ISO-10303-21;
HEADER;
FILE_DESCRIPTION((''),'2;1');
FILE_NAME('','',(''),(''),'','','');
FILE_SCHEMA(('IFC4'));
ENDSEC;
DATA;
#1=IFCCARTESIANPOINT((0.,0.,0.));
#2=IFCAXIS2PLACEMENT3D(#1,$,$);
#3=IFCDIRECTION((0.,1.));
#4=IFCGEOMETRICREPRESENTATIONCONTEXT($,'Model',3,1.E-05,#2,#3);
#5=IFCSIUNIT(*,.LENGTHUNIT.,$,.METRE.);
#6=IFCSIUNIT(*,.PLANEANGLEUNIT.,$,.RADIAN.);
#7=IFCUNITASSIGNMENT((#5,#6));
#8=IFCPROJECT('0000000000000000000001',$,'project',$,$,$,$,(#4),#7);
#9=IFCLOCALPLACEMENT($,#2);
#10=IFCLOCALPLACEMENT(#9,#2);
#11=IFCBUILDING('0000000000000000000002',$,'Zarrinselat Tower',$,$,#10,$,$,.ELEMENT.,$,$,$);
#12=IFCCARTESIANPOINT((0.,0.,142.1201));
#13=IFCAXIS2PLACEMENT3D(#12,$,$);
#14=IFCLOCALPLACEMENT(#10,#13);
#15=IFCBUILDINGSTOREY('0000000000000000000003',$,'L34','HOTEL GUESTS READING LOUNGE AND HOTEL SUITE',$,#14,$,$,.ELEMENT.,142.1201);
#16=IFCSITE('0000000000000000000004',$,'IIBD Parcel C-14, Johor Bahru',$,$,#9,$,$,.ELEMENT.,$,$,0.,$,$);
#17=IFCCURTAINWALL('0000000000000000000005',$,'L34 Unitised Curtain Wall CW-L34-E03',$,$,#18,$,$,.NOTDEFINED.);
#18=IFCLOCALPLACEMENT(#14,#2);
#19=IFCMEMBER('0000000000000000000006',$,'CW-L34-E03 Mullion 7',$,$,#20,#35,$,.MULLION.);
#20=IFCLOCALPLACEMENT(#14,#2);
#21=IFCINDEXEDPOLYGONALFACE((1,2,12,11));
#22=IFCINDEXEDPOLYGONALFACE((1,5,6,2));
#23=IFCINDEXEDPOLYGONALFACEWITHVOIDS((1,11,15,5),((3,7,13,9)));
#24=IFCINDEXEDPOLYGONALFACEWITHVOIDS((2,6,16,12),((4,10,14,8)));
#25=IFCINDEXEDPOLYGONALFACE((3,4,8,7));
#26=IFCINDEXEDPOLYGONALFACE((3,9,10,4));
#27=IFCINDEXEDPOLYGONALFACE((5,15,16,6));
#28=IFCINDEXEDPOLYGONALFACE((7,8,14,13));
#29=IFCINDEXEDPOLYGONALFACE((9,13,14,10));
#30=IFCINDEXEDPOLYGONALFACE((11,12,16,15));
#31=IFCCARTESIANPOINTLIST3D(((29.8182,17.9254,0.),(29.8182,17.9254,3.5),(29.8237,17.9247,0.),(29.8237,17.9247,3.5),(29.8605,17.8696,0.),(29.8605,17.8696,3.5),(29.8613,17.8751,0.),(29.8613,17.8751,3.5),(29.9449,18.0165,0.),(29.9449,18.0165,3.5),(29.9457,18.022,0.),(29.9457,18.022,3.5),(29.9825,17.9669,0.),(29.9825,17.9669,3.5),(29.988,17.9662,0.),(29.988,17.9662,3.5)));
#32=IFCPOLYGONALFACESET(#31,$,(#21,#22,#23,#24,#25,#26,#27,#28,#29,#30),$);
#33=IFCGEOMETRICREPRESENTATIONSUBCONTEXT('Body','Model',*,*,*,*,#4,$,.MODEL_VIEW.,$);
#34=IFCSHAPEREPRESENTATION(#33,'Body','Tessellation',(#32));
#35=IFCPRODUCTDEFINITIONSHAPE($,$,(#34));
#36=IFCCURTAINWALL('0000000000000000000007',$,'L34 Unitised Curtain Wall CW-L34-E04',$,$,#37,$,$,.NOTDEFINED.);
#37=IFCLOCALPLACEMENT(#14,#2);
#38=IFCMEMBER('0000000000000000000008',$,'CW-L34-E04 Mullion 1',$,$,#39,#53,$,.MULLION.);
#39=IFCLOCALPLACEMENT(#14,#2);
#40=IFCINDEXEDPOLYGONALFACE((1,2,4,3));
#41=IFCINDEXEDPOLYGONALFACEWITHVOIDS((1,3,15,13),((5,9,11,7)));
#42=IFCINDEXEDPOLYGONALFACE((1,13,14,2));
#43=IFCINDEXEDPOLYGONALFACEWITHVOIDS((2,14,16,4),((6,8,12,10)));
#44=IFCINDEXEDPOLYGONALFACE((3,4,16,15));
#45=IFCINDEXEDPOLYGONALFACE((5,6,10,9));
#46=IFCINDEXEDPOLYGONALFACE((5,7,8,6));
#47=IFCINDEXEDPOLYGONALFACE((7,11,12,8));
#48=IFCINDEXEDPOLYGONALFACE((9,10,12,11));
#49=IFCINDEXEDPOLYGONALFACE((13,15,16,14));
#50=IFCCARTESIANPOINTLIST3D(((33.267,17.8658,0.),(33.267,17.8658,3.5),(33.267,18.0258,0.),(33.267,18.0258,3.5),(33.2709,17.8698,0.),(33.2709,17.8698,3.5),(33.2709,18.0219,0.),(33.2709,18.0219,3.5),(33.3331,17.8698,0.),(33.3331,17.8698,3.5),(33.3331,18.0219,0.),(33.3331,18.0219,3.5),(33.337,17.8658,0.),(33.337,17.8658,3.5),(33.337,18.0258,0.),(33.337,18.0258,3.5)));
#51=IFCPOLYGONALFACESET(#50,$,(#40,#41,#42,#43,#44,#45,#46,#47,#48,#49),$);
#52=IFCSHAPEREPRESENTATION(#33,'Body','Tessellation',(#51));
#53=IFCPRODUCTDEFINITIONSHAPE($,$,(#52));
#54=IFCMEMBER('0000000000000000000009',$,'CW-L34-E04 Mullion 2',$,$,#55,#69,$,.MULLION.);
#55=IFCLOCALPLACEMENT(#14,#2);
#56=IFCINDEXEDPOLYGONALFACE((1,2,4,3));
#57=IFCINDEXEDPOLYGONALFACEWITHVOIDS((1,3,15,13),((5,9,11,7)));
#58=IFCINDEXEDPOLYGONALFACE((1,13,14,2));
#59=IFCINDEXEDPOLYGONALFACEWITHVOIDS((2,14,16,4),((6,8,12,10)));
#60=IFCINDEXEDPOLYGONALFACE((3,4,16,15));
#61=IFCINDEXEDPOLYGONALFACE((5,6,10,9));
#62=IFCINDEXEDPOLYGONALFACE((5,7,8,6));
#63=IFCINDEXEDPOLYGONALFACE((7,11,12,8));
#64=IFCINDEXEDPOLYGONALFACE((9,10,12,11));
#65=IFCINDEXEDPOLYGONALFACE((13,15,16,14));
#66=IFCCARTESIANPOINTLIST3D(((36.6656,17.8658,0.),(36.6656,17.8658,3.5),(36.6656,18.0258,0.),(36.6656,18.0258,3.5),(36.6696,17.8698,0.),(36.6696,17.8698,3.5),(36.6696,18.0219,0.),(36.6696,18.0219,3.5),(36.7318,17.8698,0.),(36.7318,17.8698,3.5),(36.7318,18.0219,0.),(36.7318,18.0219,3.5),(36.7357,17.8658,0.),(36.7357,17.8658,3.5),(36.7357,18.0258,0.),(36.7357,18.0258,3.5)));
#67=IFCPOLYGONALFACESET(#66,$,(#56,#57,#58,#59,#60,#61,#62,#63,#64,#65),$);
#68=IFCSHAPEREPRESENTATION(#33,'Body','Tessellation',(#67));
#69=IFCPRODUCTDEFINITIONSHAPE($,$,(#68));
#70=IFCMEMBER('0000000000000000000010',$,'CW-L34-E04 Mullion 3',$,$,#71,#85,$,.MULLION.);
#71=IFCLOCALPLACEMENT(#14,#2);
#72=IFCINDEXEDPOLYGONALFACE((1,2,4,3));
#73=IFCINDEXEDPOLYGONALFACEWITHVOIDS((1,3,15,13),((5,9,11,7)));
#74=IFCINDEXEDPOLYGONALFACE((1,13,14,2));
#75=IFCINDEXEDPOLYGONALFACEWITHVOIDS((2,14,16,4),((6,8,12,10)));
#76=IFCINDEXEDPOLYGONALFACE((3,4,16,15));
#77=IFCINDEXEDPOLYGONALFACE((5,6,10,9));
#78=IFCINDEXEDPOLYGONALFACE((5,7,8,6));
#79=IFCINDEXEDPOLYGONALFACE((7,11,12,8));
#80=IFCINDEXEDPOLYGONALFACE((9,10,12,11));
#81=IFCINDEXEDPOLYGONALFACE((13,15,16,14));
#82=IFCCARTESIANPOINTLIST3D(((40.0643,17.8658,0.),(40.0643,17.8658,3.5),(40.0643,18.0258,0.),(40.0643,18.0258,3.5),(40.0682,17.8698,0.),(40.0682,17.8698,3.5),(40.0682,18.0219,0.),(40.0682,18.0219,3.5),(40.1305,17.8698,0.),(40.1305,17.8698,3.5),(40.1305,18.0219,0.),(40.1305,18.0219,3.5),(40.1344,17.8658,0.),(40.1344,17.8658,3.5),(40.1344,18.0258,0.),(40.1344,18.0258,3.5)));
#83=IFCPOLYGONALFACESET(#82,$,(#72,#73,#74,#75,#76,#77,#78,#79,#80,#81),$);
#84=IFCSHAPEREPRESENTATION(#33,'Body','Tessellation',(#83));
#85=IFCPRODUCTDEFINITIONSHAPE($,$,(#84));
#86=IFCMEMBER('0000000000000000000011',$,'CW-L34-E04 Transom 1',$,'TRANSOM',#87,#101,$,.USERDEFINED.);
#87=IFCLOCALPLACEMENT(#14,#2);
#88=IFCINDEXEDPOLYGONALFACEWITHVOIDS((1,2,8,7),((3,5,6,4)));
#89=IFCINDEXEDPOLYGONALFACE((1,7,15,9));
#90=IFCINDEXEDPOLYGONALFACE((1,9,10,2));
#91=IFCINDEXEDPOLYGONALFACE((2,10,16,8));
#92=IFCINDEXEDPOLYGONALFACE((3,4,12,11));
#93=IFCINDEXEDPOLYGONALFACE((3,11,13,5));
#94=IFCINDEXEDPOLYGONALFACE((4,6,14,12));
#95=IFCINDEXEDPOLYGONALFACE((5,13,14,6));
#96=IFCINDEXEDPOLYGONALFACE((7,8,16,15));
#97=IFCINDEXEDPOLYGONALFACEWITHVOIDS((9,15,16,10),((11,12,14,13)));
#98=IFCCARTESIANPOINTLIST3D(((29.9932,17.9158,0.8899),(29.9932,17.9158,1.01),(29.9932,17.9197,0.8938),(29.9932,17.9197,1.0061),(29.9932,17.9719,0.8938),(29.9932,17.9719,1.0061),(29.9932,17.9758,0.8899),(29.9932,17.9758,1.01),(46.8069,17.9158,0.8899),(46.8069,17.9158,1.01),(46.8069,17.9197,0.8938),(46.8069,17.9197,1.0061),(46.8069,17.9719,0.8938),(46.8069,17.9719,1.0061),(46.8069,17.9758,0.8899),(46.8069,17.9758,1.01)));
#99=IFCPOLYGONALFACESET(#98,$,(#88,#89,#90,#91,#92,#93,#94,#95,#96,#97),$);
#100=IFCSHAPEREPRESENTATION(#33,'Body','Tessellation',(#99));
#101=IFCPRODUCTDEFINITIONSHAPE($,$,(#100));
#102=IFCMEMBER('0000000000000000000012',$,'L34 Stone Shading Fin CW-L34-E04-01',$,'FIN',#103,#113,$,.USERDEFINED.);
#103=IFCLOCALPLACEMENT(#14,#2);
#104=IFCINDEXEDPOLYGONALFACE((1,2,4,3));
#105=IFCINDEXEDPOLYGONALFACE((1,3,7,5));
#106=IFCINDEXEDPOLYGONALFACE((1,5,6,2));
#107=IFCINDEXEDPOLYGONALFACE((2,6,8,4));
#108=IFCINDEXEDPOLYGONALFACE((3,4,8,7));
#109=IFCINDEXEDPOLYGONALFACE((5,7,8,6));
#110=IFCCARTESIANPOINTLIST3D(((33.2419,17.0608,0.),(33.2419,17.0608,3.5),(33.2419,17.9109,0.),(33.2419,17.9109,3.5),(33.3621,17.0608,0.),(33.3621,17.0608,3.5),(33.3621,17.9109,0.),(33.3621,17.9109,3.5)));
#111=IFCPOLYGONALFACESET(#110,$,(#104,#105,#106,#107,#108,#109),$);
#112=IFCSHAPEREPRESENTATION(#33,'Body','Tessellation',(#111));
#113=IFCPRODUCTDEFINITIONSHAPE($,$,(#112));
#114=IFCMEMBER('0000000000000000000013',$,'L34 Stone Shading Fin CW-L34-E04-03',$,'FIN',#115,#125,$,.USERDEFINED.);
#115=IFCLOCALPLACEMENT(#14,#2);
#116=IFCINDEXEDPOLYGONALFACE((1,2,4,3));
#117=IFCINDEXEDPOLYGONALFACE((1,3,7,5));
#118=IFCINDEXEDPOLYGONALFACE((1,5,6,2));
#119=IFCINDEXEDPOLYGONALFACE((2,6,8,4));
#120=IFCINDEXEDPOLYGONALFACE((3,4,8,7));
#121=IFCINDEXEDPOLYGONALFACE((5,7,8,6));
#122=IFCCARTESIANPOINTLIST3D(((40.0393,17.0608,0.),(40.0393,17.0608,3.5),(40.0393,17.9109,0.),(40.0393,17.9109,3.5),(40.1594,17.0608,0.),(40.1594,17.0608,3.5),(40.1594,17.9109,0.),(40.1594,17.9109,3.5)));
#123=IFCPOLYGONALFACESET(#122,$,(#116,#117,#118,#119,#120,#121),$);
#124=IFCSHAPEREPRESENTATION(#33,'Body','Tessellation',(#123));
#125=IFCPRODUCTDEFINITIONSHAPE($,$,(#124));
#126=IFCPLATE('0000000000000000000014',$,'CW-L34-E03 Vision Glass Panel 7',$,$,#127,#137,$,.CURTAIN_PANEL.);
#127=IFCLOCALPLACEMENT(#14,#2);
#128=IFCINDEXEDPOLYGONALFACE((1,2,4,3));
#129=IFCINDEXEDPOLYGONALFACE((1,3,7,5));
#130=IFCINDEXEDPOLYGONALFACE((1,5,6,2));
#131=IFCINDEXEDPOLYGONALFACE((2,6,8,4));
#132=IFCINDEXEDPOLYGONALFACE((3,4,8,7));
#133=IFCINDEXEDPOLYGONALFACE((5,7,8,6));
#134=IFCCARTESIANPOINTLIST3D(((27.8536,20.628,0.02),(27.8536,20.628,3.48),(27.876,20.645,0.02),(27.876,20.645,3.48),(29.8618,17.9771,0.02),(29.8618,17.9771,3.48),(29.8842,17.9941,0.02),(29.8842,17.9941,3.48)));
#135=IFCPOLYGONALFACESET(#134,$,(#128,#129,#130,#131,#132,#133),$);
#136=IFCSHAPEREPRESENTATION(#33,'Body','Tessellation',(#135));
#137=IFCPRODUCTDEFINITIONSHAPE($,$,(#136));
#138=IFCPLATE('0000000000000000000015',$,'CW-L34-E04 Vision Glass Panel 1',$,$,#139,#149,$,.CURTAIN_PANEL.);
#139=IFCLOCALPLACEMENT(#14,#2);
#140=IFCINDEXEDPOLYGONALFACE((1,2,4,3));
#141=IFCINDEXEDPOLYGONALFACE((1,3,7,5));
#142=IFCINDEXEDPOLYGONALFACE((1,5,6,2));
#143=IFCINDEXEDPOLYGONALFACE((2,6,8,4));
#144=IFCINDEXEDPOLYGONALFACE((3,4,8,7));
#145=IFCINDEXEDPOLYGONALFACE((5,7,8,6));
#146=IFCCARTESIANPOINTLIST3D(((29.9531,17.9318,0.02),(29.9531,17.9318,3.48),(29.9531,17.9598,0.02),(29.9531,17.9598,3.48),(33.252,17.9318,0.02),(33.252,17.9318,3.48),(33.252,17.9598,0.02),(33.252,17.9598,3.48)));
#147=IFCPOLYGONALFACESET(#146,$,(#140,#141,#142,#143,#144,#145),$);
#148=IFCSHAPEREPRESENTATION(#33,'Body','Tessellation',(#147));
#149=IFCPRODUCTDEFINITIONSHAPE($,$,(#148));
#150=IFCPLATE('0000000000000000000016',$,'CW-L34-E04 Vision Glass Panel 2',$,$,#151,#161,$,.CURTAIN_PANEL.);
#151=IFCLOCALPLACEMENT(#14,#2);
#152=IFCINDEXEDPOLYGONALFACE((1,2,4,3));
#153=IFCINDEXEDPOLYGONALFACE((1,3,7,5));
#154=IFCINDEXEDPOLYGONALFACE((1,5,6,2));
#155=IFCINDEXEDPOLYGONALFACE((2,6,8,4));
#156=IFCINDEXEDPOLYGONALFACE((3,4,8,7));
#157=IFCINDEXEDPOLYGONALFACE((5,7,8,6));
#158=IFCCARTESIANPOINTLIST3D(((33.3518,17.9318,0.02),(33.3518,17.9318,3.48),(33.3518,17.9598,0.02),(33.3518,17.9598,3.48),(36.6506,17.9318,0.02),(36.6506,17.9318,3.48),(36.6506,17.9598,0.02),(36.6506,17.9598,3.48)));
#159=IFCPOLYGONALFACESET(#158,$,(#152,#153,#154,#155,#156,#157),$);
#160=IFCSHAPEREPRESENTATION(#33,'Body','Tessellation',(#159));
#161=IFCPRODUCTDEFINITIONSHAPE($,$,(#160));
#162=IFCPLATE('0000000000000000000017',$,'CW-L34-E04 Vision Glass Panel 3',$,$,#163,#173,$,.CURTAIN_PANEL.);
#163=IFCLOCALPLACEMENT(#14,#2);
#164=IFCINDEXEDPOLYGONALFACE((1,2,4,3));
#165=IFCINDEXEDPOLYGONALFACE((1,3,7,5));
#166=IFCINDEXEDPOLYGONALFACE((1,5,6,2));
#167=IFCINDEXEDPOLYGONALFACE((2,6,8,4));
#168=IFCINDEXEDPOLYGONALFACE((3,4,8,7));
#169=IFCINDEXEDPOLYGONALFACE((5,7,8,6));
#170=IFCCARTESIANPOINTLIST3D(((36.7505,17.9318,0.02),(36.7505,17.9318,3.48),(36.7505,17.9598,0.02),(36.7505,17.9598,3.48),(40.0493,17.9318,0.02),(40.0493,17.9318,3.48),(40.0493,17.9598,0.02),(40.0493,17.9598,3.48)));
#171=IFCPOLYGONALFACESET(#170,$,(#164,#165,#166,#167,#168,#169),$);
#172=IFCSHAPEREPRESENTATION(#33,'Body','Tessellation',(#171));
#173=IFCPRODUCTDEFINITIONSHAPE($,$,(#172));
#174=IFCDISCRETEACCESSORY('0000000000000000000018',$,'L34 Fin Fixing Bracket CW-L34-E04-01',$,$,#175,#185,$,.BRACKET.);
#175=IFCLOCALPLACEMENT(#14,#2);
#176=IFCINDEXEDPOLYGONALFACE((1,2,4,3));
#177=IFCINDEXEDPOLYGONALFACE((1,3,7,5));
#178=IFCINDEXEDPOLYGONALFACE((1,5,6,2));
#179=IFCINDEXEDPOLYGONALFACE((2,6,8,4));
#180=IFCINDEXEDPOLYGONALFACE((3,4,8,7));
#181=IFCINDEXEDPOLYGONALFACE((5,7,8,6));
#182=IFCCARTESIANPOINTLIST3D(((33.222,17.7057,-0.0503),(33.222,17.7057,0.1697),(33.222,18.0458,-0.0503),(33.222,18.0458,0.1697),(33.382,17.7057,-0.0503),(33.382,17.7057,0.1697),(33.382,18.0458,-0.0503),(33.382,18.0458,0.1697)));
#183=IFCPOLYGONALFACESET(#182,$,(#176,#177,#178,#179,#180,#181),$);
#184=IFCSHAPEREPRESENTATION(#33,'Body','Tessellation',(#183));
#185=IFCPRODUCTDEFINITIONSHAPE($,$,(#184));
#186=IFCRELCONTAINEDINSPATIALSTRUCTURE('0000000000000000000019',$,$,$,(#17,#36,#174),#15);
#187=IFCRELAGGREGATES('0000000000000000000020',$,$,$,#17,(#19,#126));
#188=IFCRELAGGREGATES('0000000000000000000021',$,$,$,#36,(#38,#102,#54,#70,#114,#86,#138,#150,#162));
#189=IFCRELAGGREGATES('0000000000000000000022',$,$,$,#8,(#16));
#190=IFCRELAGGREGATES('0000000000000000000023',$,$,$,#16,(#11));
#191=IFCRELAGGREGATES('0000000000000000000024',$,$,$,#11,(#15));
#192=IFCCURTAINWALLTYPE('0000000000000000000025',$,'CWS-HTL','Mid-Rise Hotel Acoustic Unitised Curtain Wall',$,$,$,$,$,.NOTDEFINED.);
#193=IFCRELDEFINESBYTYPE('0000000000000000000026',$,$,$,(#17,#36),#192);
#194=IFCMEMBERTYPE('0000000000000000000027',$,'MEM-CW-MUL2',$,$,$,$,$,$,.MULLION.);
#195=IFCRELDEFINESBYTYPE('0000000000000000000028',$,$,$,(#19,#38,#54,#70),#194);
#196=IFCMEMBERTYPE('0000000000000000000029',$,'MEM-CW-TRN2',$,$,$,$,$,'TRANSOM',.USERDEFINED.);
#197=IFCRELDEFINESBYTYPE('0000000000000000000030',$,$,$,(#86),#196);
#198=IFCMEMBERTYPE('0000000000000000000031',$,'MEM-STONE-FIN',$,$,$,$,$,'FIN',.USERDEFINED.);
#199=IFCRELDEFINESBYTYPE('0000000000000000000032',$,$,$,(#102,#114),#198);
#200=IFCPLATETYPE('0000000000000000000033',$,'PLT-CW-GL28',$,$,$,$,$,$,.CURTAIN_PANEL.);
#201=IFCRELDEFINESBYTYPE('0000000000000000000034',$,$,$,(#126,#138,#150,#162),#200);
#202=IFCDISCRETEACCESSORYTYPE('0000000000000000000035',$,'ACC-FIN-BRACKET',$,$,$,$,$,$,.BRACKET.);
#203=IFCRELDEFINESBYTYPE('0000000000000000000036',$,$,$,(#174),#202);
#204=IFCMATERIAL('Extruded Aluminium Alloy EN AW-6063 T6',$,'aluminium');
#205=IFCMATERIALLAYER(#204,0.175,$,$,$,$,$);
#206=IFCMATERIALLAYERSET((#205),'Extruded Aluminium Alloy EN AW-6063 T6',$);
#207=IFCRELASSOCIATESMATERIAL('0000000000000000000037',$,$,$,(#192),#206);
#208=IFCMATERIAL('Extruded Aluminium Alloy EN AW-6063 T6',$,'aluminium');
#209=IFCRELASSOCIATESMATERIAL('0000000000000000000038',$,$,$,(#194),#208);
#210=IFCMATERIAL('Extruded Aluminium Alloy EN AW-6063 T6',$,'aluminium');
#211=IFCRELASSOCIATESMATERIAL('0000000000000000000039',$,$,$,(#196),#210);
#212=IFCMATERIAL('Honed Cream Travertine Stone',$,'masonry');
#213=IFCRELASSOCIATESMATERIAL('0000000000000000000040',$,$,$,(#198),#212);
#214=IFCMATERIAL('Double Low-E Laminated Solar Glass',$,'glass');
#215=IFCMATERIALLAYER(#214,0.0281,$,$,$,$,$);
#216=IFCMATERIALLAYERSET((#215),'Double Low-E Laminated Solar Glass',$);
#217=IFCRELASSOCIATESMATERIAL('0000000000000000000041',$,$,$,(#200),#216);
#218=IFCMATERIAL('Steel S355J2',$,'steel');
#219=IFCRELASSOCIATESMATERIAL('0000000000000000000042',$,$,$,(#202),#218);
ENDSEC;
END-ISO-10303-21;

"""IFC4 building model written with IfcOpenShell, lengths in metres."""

from ifc_helpers import new_model, si_unit, direction, frame, origin, origin_2d, place, context, subcontext, project, spatial, rectangle, hollow_rectangle, extrude, material, layer, layer_set, material_profile, profile_set, type_object, element, aggregate, save


model = new_model("IFC4")

# Units and contexts
model_context = context("Model", 3, precision=1e-05, world=origin(), true_north=direction((0.0, 1.0)))
body_context = subcontext(model_context, "Body", "Model", "MODEL_VIEW")
ifc_project = project(units=[si_unit("LENGTHUNIT", "METRE"), si_unit("PLANEANGLEUNIT", "RADIAN")], contexts=[model_context])

# Site, building, storey
site_placement = place(None, origin())
site = spatial("IfcSite", under=ifc_project, at=site_placement, Name="IIBD Parcel C-14, Johor Bahru", CompositionType="ELEMENT", RefElevation=0.0)
building_placement = place(site_placement, origin())
building = spatial("IfcBuilding", under=site, at=building_placement, Name="Zarrinselat Tower", CompositionType="ELEMENT")
storey_placement = place(building_placement, frame((0.0, 0.0, 142.1201)))
storey = spatial("IfcBuildingStorey", under=building, at=storey_placement, Name="L34", Description="HOTEL GUESTS READING LOUNGE AND HOTEL SUITE", CompositionType="ELEMENT", Elevation=142.1201)

# Curtain walls, members
ifc_material_1 = material(Name="Extruded Aluminium Alloy EN AW-6063 T6", Category="aluminium")
ifc_layer_1 = layer(ifc_material_1, 0.175)
ifc_layer_set_1 = layer_set([ifc_layer_1], Name="Extruded Aluminium Alloy EN AW-6063 T6")
curtain_wall_type = type_object("IfcCurtainWallType", Name="CWS-HTL", Description="Mid-Rise Hotel Acoustic Unitised Curtain Wall", PredefinedType="NOTDEFINED", material=ifc_layer_set_1)
curtain_wall_1_placement = place(storey_placement, origin())
curtain_wall_1 = element("IfcCurtainWall", 1, at=curtain_wall_1_placement, inside=storey, type_object=curtain_wall_type, Name="L34 Unitised Curtain Wall CW-L34-E03", PredefinedType="NOTDEFINED")
ifc_material_2 = material(Name="Extruded Aluminium Alloy EN AW-6063 T6", Category="aluminium")
ifc_material_profile_1 = material_profile(ifc_material_2, hollow_rectangle(XDim=0.0701, YDim=0.1599, WallThickness=0.0039, at=origin_2d()), Name="RHS 160x70x4")
ifc_profile_set_1 = profile_set([ifc_material_profile_1], Name="Extruded Aluminium Alloy EN AW-6063 T6")
member_type_1 = type_object("IfcMemberType", Name="MEM-CW-MUL2", PredefinedType="MULLION", material=ifc_profile_set_1)
member_1_placement = place(storey_placement, frame((29.9031, 17.9458, 0.0), z_axis=(0.0, 0.0, 1.0), x_axis=(0.603856, -0.797094, 0.0)))
member_1 = element("IfcMember", 2, at=member_1_placement, type_object=member_type_1, Name="CW-L34-E03 Mullion 7", PredefinedType="MULLION", context=body_context, shape_type="SweptSolid", body=[
    extrude(hollow_rectangle(XDim=0.0701, YDim=0.1599, WallThickness=0.0039, at=origin_2d()), origin(), (0.0, 0.0, 1.0), 3.5),
])
curtain_wall_2_placement = place(storey_placement, origin())
curtain_wall_2 = element("IfcCurtainWall", 3, at=curtain_wall_2_placement, inside=storey, type_object=curtain_wall_type, Name="L34 Unitised Curtain Wall CW-L34-E04", PredefinedType="NOTDEFINED")
member_2_placement = place(storey_placement, frame((33.302, 17.9458, 0.0), z_axis=(0.0, 0.0, 1.0), x_axis=(1.0, 0.0, 0.0)))
member_2 = element("IfcMember", 4, at=member_2_placement, type_object=member_type_1, Name="CW-L34-E04 Mullion 1", PredefinedType="MULLION", context=body_context, shape_type="SweptSolid", body=[
    extrude(hollow_rectangle(XDim=0.0701, YDim=0.1599, WallThickness=0.0039, at=origin_2d()), origin(), (0.0, 0.0, 1.0), 3.5),
])
member_3_placement = place(storey_placement, frame((36.7007, 17.9458, 0.0), z_axis=(0.0, 0.0, 1.0), x_axis=(1.0, 0.0, 0.0)))
member_3 = element("IfcMember", 5, at=member_3_placement, type_object=member_type_1, Name="CW-L34-E04 Mullion 2", PredefinedType="MULLION", context=body_context, shape_type="SweptSolid", body=[
    extrude(hollow_rectangle(XDim=0.0701, YDim=0.1599, WallThickness=0.0039, at=origin_2d()), origin(), (0.0, 0.0, 1.0), 3.5),
])
member_4_placement = place(storey_placement, frame((40.0994, 17.9458, 0.0), z_axis=(0.0, 0.0, 1.0), x_axis=(1.0, 0.0, 0.0)))
member_4 = element("IfcMember", 6, at=member_4_placement, type_object=member_type_1, Name="CW-L34-E04 Mullion 3", PredefinedType="MULLION", context=body_context, shape_type="SweptSolid", body=[
    extrude(hollow_rectangle(XDim=0.0701, YDim=0.1599, WallThickness=0.0039, at=origin_2d()), origin(), (0.0, 0.0, 1.0), 3.5),
])
ifc_material_3 = material(Name="Extruded Aluminium Alloy EN AW-6063 T6", Category="aluminium")
ifc_material_profile_2 = material_profile(ifc_material_3, hollow_rectangle(XDim=0.0601, YDim=0.1201, WallThickness=0.0039, at=origin_2d()), Name="RHS 120x60x4")
ifc_profile_set_2 = profile_set([ifc_material_profile_2], Name="Extruded Aluminium Alloy EN AW-6063 T6")
member_type_2 = type_object("IfcMemberType", Name="MEM-CW-TRN2", ElementType="TRANSOM", PredefinedType="USERDEFINED", material=ifc_profile_set_2)
member_5_placement = place(storey_placement, frame((29.9932, 17.9458, 0.95), z_axis=(1.0, 0.0, 0.0), x_axis=(0.0, 1.0, 0.0)))
member_5 = element("IfcMember", 7, at=member_5_placement, type_object=member_type_2, Name="CW-L34-E04 Transom 1", ObjectType="TRANSOM", PredefinedType="USERDEFINED", context=body_context, shape_type="SweptSolid", body=[
    extrude(hollow_rectangle(XDim=0.0601, YDim=0.1201, WallThickness=0.0039, at=origin_2d()), origin(), (0.0, 0.0, 1.0), 16.8137),
])
ifc_material_4 = material(Name="Honed Cream Travertine Stone", Category="masonry")
ifc_material_profile_3 = material_profile(ifc_material_4, rectangle(XDim=0.1201, YDim=0.8501, at=origin_2d()), Name="FIN 850x120")
ifc_profile_set_3 = profile_set([ifc_material_profile_3], Name="Honed Cream Travertine Stone")
member_type_3 = type_object("IfcMemberType", Name="MEM-STONE-FIN", ElementType="FIN", PredefinedType="USERDEFINED", material=ifc_profile_set_3)
member_6_placement = place(storey_placement, frame((33.302, 17.4858, 0.0), z_axis=(0.0, 0.0, 1.0), x_axis=(-1.0, 0.0, 0.0)))
member_6 = element("IfcMember", 8, at=member_6_placement, type_object=member_type_3, Name="L34 Stone Shading Fin CW-L34-E04-01", ObjectType="FIN", PredefinedType="USERDEFINED", context=body_context, shape_type="SweptSolid", body=[
    extrude(rectangle(XDim=0.1201, YDim=0.8501, at=origin_2d()), origin(), (0.0, 0.0, 1.0), 3.5),
])
member_7_placement = place(storey_placement, frame((40.0994, 17.4858, 0.0), z_axis=(0.0, 0.0, 1.0), x_axis=(-1.0, 0.0, 0.0)))
member_7 = element("IfcMember", 9, at=member_7_placement, type_object=member_type_3, Name="L34 Stone Shading Fin CW-L34-E04-03", ObjectType="FIN", PredefinedType="USERDEFINED", context=body_context, shape_type="SweptSolid", body=[
    extrude(rectangle(XDim=0.1201, YDim=0.8501, at=origin_2d()), origin(), (0.0, 0.0, 1.0), 3.5),
])

# Plates
ifc_material_5 = material(Name="Double Low-E Laminated Solar Glass", Category="glass")
ifc_layer_2 = layer(ifc_material_5, 0.0281)
ifc_layer_set_2 = layer_set([ifc_layer_2], Name="Double Low-E Laminated Solar Glass")
plate_type = type_object("IfcPlateType", Name="PLT-CW-GL28", PredefinedType="CURTAIN_PANEL", material=ifc_layer_set_2)
plate_1_placement = place(storey_placement, frame((28.8689, 19.311, 0.02), z_axis=(0.0, 0.0, 1.0), x_axis=(0.603856, -0.797094, 0.0)))
plate_1 = element("IfcPlate", 10, at=plate_1_placement, type_object=plate_type, Name="CW-L34-E03 Vision Glass Panel 7", PredefinedType="CURTAIN_PANEL", context=body_context, shape_type="SweptSolid", body=[
    extrude(rectangle(XDim=3.3257, YDim=0.0281, at=origin_2d()), origin(), (0.0, 0.0, 1.0), 3.46),
])
aggregate(curtain_wall_1, [member_1, plate_1])
plate_2_placement = place(storey_placement, frame((31.6025, 17.9458, 0.02), z_axis=(0.0, 0.0, 1.0), x_axis=(1.0, 0.0, 0.0)))
plate_2 = element("IfcPlate", 11, at=plate_2_placement, type_object=plate_type, Name="CW-L34-E04 Vision Glass Panel 1", PredefinedType="CURTAIN_PANEL", context=body_context, shape_type="SweptSolid", body=[
    extrude(rectangle(XDim=3.2988, YDim=0.0281, at=origin_2d()), origin(), (0.0, 0.0, 1.0), 3.46),
])
plate_3_placement = place(storey_placement, frame((35.0012, 17.9458, 0.02), z_axis=(0.0, 0.0, 1.0), x_axis=(1.0, 0.0, 0.0)))
plate_3 = element("IfcPlate", 12, at=plate_3_placement, type_object=plate_type, Name="CW-L34-E04 Vision Glass Panel 2", PredefinedType="CURTAIN_PANEL", context=body_context, shape_type="SweptSolid", body=[
    extrude(rectangle(XDim=3.2988, YDim=0.0281, at=origin_2d()), origin(), (0.0, 0.0, 1.0), 3.46),
])
plate_4_placement = place(storey_placement, frame((38.3999, 17.9458, 0.02), z_axis=(0.0, 0.0, 1.0), x_axis=(1.0, 0.0, 0.0)))
plate_4 = element("IfcPlate", 13, at=plate_4_placement, type_object=plate_type, Name="CW-L34-E04 Vision Glass Panel 3", PredefinedType="CURTAIN_PANEL", context=body_context, shape_type="SweptSolid", body=[
    extrude(rectangle(XDim=3.2988, YDim=0.0281, at=origin_2d()), origin(), (0.0, 0.0, 1.0), 3.46),
])
aggregate(curtain_wall_2, [member_2, member_6, member_3, member_4, member_7, member_5, plate_2, plate_3, plate_4])

# Discrete accessory
ifc_material_6 = material(Name="Steel S355J2", Category="steel")
discrete_accessory_type = type_object("IfcDiscreteAccessoryType", Name="ACC-FIN-BRACKET", PredefinedType="BRACKET", material=ifc_material_6)
discrete_accessory_placement = place(storey_placement, frame((33.302, 17.8757, -0.0503), z_axis=(0.0, 0.0, 1.0), x_axis=(0.0, -1.0, 0.0)))
element("IfcDiscreteAccessory", 14, at=discrete_accessory_placement, inside=storey, type_object=discrete_accessory_type, Name="L34 Fin Fixing Bracket CW-L34-E04-01", PredefinedType="BRACKET", context=body_context, shape_type="SweptSolid", body=[
    extrude(rectangle(XDim=0.3401, YDim=0.1599, at=origin_2d()), origin(), (0.0, 0.0, 1.0), 0.22),
])

save(model, "model.ifc")
